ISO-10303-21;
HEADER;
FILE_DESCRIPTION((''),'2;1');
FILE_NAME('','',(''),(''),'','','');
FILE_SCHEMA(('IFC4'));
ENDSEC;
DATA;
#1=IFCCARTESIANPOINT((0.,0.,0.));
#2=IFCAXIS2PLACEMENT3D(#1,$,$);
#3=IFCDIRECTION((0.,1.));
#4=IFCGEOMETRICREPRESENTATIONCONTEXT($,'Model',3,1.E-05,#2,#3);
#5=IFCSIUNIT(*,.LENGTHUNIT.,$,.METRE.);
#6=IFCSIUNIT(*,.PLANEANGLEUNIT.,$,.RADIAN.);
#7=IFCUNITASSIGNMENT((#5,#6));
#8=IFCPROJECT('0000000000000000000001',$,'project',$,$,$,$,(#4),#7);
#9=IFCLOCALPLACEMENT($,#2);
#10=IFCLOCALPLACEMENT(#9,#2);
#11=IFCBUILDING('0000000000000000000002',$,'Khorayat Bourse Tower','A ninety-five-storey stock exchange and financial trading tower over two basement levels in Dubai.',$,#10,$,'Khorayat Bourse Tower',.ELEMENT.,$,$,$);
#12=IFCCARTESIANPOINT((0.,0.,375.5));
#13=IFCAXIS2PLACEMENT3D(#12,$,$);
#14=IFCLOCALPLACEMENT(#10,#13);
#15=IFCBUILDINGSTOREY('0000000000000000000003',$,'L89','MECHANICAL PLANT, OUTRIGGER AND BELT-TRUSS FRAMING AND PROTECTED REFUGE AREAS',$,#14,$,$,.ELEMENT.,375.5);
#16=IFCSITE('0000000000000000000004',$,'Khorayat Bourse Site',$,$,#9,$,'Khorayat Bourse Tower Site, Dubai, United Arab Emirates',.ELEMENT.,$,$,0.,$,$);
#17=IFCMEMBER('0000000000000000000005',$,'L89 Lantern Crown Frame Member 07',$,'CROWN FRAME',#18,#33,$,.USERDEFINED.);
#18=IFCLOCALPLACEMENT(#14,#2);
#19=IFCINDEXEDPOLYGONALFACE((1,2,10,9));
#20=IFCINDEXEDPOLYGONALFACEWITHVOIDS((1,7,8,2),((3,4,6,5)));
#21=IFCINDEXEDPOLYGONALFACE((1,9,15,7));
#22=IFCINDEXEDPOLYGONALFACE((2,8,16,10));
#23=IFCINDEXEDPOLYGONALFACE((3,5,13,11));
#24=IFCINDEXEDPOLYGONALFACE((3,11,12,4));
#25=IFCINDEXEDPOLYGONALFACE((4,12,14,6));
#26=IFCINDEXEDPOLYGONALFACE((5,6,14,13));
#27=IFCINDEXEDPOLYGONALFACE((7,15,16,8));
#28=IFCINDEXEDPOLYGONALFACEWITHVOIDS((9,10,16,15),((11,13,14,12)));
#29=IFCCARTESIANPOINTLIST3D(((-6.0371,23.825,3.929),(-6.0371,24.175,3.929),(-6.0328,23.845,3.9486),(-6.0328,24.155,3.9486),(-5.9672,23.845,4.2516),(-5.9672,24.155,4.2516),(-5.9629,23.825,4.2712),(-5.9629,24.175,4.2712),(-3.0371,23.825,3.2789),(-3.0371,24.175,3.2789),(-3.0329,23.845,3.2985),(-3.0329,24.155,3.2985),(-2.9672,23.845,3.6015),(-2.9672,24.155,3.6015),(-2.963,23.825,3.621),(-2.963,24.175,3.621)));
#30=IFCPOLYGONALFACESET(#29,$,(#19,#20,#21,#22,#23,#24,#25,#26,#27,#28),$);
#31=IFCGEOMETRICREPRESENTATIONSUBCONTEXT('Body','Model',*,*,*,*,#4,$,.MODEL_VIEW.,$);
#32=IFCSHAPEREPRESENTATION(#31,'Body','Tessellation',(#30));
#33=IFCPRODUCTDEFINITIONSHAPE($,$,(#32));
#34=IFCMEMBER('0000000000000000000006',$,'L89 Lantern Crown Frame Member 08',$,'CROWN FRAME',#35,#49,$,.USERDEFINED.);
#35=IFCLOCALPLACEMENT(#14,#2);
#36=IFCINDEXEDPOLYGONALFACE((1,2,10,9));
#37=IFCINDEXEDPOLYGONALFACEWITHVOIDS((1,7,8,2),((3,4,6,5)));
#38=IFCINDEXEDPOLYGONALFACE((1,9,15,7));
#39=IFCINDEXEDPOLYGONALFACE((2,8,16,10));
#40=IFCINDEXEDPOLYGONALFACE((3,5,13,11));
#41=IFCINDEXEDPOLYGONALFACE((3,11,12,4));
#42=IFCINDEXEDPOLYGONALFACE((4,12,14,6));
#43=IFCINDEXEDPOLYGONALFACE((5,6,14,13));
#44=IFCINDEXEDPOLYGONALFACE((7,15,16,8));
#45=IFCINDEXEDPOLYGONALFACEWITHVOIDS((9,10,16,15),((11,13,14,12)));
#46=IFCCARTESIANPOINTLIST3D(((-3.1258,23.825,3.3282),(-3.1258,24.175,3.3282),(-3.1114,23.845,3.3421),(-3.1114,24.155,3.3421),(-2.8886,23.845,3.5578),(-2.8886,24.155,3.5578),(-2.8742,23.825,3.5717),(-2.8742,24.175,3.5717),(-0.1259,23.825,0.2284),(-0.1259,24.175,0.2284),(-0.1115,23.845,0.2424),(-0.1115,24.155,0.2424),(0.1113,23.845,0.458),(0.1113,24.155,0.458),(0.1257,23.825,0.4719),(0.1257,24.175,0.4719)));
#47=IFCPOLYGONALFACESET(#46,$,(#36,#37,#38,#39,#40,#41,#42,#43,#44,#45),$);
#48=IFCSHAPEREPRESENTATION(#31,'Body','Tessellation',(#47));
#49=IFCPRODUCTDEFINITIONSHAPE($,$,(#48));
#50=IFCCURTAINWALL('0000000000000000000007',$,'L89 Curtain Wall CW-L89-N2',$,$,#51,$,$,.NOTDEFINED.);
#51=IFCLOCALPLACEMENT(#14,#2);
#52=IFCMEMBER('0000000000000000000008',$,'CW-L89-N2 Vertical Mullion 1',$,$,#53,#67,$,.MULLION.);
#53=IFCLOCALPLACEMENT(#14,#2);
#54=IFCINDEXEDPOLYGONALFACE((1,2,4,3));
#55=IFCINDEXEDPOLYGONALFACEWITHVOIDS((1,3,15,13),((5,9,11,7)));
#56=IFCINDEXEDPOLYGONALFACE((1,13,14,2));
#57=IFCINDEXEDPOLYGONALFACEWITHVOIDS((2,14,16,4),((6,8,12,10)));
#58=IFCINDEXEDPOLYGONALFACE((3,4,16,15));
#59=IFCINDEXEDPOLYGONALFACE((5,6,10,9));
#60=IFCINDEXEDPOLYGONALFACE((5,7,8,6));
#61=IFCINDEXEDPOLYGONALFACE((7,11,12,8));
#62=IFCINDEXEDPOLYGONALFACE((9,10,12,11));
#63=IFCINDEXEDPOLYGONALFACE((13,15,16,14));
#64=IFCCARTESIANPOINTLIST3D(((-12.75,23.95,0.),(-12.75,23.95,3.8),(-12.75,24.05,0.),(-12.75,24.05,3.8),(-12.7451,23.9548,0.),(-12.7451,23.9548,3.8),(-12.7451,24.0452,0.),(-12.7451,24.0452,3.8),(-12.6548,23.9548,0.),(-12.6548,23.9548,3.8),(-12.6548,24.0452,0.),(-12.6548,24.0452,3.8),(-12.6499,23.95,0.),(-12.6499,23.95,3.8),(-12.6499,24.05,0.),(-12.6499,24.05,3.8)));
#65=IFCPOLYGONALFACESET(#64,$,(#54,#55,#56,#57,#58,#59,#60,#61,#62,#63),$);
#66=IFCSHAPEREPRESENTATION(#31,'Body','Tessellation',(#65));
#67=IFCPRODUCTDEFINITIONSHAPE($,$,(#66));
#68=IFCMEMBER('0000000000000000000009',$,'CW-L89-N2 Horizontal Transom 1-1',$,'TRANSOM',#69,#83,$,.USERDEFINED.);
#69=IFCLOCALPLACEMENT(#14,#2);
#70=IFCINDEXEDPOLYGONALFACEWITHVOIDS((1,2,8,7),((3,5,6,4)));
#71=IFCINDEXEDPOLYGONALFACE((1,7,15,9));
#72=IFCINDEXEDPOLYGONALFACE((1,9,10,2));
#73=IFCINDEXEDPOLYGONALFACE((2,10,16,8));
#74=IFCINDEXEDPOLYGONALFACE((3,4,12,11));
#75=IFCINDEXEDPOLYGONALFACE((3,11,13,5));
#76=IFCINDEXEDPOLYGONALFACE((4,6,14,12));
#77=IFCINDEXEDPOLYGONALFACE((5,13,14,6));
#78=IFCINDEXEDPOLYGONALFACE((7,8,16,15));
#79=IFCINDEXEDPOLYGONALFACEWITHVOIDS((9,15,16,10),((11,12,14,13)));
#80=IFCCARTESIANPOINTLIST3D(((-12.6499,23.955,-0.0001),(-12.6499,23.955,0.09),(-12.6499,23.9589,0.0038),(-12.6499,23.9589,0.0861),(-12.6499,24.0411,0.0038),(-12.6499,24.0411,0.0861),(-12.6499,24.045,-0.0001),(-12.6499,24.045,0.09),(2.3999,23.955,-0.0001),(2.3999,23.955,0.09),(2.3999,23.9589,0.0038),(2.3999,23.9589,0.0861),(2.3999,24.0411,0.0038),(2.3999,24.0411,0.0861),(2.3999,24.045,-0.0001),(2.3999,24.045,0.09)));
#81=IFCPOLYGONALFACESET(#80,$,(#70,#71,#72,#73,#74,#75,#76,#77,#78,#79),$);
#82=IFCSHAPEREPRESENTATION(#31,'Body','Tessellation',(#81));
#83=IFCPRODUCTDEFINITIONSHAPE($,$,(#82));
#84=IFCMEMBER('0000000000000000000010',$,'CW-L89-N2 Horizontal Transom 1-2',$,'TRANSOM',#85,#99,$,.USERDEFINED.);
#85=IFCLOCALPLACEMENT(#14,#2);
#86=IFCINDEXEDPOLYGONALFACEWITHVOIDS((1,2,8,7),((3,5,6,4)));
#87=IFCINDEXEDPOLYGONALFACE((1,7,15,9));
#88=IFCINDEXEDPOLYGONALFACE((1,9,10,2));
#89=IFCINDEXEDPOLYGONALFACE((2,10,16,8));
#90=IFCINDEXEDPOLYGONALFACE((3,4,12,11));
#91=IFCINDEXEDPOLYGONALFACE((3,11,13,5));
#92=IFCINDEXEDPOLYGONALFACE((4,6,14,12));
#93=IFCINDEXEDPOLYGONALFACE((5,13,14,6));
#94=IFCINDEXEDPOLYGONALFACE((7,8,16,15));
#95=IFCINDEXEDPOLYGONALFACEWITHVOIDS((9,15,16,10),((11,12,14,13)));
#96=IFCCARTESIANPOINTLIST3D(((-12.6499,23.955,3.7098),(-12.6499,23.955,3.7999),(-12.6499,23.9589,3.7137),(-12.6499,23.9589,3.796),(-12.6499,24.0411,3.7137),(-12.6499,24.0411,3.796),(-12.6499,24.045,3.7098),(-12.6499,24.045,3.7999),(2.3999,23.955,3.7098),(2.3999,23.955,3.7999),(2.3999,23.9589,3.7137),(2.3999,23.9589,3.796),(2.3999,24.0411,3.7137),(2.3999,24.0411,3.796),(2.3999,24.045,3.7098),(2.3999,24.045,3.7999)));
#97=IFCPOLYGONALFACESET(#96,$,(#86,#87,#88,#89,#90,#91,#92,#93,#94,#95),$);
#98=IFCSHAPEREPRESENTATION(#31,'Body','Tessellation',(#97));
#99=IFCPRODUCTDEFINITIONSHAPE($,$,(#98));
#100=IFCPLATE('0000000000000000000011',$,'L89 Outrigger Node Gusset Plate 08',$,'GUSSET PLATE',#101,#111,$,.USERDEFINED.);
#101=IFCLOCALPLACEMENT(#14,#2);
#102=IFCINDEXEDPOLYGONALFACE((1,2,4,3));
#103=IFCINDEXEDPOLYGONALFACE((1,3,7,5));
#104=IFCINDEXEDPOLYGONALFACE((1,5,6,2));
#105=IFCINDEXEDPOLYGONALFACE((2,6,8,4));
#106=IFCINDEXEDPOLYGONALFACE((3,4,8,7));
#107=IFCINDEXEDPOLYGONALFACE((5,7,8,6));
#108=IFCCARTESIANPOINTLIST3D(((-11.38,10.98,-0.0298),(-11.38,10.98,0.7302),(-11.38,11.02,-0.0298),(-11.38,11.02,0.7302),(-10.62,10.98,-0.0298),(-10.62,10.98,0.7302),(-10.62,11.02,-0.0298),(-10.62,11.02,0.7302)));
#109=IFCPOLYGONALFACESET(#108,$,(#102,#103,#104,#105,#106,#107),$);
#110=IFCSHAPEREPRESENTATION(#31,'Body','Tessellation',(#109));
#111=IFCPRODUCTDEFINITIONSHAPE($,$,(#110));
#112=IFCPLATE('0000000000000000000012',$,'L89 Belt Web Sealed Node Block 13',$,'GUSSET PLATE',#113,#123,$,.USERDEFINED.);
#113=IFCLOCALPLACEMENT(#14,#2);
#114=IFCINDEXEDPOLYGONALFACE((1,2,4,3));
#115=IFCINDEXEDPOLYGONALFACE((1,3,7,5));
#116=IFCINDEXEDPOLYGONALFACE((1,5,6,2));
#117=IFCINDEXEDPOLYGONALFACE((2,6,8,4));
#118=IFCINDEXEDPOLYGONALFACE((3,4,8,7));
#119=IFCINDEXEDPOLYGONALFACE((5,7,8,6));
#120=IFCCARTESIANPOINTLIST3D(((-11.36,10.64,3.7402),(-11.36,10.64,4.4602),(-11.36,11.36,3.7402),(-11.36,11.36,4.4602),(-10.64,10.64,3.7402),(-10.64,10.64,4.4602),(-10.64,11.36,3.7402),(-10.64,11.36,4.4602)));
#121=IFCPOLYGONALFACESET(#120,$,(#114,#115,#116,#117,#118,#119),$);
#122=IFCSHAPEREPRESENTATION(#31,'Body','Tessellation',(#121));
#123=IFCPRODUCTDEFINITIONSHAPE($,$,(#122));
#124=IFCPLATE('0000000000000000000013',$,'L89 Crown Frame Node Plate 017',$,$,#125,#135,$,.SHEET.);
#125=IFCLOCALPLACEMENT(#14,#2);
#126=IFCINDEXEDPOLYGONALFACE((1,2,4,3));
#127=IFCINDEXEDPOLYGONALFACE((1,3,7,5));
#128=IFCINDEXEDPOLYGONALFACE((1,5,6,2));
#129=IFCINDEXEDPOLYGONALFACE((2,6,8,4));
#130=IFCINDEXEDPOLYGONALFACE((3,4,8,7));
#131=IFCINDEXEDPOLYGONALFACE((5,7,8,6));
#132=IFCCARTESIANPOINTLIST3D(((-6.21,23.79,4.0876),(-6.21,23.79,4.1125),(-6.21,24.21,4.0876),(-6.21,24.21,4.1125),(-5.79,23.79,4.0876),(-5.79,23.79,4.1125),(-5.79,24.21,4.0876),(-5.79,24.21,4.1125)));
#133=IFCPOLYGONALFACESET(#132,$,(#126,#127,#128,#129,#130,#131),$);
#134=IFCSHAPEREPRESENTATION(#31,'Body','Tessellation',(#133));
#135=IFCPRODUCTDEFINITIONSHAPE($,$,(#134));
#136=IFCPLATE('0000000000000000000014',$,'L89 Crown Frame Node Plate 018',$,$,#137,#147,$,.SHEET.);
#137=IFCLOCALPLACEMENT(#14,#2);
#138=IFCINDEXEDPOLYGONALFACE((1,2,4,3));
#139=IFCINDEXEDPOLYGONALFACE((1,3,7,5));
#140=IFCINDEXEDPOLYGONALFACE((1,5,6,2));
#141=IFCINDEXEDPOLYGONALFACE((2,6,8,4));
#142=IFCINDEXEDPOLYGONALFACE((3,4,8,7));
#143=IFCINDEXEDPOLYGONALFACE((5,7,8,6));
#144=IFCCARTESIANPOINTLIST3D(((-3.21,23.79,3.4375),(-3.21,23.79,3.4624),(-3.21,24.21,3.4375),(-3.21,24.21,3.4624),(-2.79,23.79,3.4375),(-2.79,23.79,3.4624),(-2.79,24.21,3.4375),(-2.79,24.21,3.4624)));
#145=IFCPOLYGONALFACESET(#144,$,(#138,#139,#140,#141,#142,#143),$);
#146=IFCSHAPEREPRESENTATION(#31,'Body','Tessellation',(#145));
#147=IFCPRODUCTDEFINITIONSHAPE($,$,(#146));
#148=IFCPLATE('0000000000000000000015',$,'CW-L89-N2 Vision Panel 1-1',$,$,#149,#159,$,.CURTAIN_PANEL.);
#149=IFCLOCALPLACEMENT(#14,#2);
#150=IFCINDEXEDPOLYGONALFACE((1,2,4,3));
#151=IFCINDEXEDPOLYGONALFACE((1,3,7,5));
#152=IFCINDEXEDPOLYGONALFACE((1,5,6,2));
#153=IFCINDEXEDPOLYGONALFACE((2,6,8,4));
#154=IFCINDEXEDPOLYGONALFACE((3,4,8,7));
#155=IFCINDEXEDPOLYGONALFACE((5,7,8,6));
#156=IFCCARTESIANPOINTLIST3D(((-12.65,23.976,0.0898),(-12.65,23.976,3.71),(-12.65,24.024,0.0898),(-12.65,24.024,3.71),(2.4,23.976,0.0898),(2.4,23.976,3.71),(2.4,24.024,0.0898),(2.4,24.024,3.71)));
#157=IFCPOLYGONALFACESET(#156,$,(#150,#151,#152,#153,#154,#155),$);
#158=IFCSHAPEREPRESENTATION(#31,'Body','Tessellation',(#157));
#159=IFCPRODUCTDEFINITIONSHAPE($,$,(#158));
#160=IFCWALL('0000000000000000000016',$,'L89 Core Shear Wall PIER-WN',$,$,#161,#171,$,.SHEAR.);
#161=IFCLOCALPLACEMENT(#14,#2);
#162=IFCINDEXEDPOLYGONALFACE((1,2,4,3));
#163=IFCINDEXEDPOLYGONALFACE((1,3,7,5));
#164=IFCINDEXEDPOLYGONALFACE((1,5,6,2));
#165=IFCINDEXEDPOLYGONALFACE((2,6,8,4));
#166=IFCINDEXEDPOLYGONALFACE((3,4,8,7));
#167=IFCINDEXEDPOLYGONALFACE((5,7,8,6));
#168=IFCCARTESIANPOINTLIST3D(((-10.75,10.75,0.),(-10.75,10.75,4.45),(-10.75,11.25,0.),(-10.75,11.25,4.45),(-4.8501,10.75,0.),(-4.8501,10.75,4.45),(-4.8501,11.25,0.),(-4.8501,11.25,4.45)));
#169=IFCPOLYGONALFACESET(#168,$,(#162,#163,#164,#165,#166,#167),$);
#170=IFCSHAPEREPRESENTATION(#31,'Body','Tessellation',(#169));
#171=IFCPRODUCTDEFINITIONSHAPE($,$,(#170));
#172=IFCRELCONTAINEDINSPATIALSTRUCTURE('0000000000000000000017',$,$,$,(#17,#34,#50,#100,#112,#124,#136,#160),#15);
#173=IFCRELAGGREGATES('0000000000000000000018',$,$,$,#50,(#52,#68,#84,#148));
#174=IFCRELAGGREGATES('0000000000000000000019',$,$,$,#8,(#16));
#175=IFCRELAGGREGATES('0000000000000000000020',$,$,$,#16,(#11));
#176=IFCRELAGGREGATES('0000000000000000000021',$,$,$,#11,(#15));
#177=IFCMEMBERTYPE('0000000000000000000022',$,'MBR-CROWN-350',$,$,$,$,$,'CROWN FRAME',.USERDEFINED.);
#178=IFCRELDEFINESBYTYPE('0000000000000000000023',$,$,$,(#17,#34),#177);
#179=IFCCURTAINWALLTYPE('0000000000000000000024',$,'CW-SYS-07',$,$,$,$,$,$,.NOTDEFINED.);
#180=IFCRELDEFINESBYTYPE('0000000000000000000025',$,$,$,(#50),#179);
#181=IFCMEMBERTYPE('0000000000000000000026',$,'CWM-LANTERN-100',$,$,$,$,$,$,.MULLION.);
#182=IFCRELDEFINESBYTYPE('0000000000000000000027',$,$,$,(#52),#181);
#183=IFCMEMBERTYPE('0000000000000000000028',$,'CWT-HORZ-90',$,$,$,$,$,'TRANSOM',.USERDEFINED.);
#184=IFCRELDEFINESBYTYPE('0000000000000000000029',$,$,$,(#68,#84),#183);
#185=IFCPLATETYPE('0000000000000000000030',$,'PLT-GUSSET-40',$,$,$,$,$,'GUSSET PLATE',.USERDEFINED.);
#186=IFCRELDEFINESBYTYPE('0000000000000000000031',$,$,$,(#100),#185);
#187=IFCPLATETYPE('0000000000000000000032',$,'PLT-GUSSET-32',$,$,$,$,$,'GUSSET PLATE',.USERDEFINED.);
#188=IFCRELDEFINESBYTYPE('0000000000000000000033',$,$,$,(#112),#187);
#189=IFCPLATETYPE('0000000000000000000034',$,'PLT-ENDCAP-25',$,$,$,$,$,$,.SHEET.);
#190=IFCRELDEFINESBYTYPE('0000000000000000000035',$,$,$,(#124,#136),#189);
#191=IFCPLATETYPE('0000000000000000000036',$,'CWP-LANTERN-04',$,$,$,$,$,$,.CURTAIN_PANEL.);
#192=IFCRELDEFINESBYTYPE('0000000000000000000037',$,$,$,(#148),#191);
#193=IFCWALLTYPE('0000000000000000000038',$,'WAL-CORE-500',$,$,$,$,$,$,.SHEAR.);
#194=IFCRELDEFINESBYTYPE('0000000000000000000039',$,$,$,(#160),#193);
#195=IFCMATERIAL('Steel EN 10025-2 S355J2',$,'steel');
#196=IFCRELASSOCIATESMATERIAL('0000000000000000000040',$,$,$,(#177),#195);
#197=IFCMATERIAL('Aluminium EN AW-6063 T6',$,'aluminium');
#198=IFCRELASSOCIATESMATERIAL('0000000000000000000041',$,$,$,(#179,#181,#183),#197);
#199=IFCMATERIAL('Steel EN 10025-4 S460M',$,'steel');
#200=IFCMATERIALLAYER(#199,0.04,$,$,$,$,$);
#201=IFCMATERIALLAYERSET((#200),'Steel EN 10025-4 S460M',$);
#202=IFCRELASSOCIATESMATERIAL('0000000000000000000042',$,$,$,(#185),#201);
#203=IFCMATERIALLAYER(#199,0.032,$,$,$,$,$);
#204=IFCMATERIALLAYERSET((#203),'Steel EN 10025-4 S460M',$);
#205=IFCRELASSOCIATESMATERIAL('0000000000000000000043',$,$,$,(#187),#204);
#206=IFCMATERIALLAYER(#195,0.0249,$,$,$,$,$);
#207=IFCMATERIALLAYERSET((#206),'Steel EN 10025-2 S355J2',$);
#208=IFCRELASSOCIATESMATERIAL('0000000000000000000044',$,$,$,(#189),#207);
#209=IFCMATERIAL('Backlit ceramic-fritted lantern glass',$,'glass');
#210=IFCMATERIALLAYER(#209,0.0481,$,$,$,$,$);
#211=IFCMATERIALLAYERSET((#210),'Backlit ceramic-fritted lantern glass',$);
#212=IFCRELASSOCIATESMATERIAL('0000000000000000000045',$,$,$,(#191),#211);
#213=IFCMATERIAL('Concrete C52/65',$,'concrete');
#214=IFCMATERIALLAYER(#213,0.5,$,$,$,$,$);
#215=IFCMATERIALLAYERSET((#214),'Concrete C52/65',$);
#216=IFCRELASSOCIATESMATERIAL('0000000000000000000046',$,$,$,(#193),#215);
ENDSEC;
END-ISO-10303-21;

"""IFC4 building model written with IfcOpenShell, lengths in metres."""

from ifc_helpers import new_model, si_unit, direction, frame, frame_2d, origin, origin_2d, place, context, subcontext, project, spatial, rectangle, hollow_rectangle, extrude, source, transform, mapped, material, layer, layer_set, material_profile, profile_set, type_object, element, aggregate, save


model = new_model("IFC4")

# Units and contexts
model_context = context("Model", 3, precision=1e-05, world=origin(), true_north=direction((0.0, 1.0)))
body_context = subcontext(model_context, "Body", "Model", "MODEL_VIEW")
ifc_project = project(units=[si_unit("LENGTHUNIT", "METRE"), si_unit("PLANEANGLEUNIT", "RADIAN")], contexts=[model_context])

# Site, building, storey
site_placement = place(None, origin())
site = spatial("IfcSite", under=ifc_project, at=site_placement, Name="Khorayat Bourse Site", LongName="Khorayat Bourse Tower Site, Dubai, United Arab Emirates", CompositionType="ELEMENT", RefElevation=0.0)
building_placement = place(site_placement, origin())
building = spatial("IfcBuilding", under=site, at=building_placement, Name="Khorayat Bourse Tower", Description="A ninety-five-storey stock exchange and financial trading tower over two basement levels in Dubai.", LongName="Khorayat Bourse Tower", CompositionType="ELEMENT")
storey_placement = place(building_placement, frame((0.0, 0.0, 375.5)))
storey = spatial("IfcBuildingStorey", under=building, at=storey_placement, Name="L89", Description="MECHANICAL PLANT, OUTRIGGER AND BELT-TRUSS FRAMING AND PROTECTED REFUGE AREAS", CompositionType="ELEMENT", Elevation=375.5)

# Shared definitions
ifc_material_1 = material(Name="Concrete C52/65", Category="concrete")
ifc_material_2 = material(Name="Steel EN 10025-2 S355J2", Category="steel")

# Members
ifc_material_3 = material(Name="Steel EN 10025-4 S460M", Category="steel")
ifc_material_profile_1 = material_profile(ifc_material_2, hollow_rectangle(XDim=0.3501, YDim=0.3501, WallThickness=0.02, at=origin_2d()), Name="HSS 350x350x20")
ifc_profile_set_1 = profile_set([ifc_material_profile_1], Name="Steel EN 10025-2 S355J2")
member_type_1 = type_object("IfcMemberType", Name="MBR-CROWN-350", ElementType="CROWN FRAME", PredefinedType="USERDEFINED", material=ifc_profile_set_1)
shared_shape_1 = source(origin(), body_context, "Body", "SweptSolid", [
    extrude(hollow_rectangle(XDim=0.3501, YDim=0.3501, WallThickness=0.02, at=origin_2d()), origin(), (0.0, 0.0, 1.0), 3.0696),
])
member_1_placement = place(storey_placement, frame((-6.0, 24.0, 4.1001), z_axis=(0.977313, 0.0, -0.211799), x_axis=(0.0, 1.0, 0.0)))
element("IfcMember", 1, at=member_1_placement, inside=storey, type_object=member_type_1, Name="L89 Lantern Crown Frame Member 07", ObjectType="CROWN FRAME", PredefinedType="USERDEFINED", context=body_context, shape_type="MappedRepresentation", body=[
    mapped(shared_shape_1, transform((0.0, 0.0, 0.0), scale=1.0)),
])
shared_shape_2 = source(origin(), body_context, "Body", "SweptSolid", [
    extrude(hollow_rectangle(XDim=0.3501, YDim=0.3501, WallThickness=0.02, at=origin_2d()), origin(), (0.0, 0.0, 1.0), 4.3137),
])
member_2_placement = place(storey_placement, frame((-3.0, 24.0, 3.45), z_axis=(0.695438, 0.0, -0.718586), x_axis=(0.0, 1.0, 0.0)))
element("IfcMember", 2, at=member_2_placement, inside=storey, type_object=member_type_1, Name="L89 Lantern Crown Frame Member 08", ObjectType="CROWN FRAME", PredefinedType="USERDEFINED", context=body_context, shape_type="MappedRepresentation", body=[
    mapped(shared_shape_2, transform((0.0, 0.0, 0.0), scale=1.0)),
])

# Curtain wall, members
ifc_material_4 = material(Name="Aluminium EN AW-6063 T6", Category="aluminium")
curtain_wall_type = type_object("IfcCurtainWallType", Name="CW-SYS-07", PredefinedType="NOTDEFINED", material=ifc_material_4)
curtain_wall_placement = place(storey_placement, origin())
curtain_wall = element("IfcCurtainWall", 3, at=curtain_wall_placement, inside=storey, type_object=curtain_wall_type, Name="L89 Curtain Wall CW-L89-N2", PredefinedType="NOTDEFINED")
ifc_material_profile_2 = material_profile(ifc_material_4, hollow_rectangle(XDim=0.1001, YDim=0.1001, WallThickness=0.0049, at=origin_2d()), Name="ALU 100x100x5")
ifc_profile_set_2 = profile_set([ifc_material_profile_2], Name="Aluminium EN AW-6063 T6")
member_type_2 = type_object("IfcMemberType", Name="CWM-LANTERN-100", PredefinedType="MULLION", material=ifc_profile_set_2)
shared_shape_3 = source(origin(), body_context, "Body", "SweptSolid", [
    extrude(hollow_rectangle(XDim=0.1001, YDim=0.1001, WallThickness=0.0049, at=origin_2d()), origin(), (0.0, 0.0, 1.0), 3.8),
])
member_3_placement = place(storey_placement, frame((-12.7, 24.0, 0.0), z_axis=(0.0, 0.0, 1.0), x_axis=(0.0, 1.0, 0.0)))
member_3 = element("IfcMember", 4, at=member_3_placement, type_object=member_type_2, Name="CW-L89-N2 Vertical Mullion 1", PredefinedType="MULLION", context=body_context, shape_type="MappedRepresentation", body=[
    mapped(shared_shape_3, transform((0.0, 0.0, 0.0), scale=1.0)),
])
ifc_material_profile_3 = material_profile(ifc_material_4, hollow_rectangle(XDim=0.0901, YDim=0.0901, WallThickness=0.0039, at=origin_2d()), Name="ALU 90x90x4")
ifc_profile_set_3 = profile_set([ifc_material_profile_3], Name="Aluminium EN AW-6063 T6")
member_type_3 = type_object("IfcMemberType", Name="CWT-HORZ-90", ElementType="TRANSOM", PredefinedType="USERDEFINED", material=ifc_profile_set_3)
shared_shape_4 = source(origin(), body_context, "Body", "SweptSolid", [
    extrude(hollow_rectangle(XDim=0.0901, YDim=0.0901, WallThickness=0.0039, at=origin_2d()), origin(), (0.0, 0.0, 1.0), 15.0498),
])
member_4_placement = place(storey_placement, frame((-12.6499, 24.0, 0.0449), z_axis=(1.0, 0.0, 0.0), x_axis=(0.0, 1.0, 0.0)))
member_4 = element("IfcMember", 5, at=member_4_placement, type_object=member_type_3, Name="CW-L89-N2 Horizontal Transom 1-1", ObjectType="TRANSOM", PredefinedType="USERDEFINED", context=body_context, shape_type="MappedRepresentation", body=[
    mapped(shared_shape_4, transform((0.0, 0.0, 0.0), scale=1.0)),
])
member_5_placement = place(storey_placement, frame((-12.6499, 24.0, 3.7549), z_axis=(1.0, 0.0, 0.0), x_axis=(0.0, 1.0, 0.0)))
member_5 = element("IfcMember", 6, at=member_5_placement, type_object=member_type_3, Name="CW-L89-N2 Horizontal Transom 1-2", ObjectType="TRANSOM", PredefinedType="USERDEFINED", context=body_context, shape_type="MappedRepresentation", body=[
    mapped(shared_shape_4, transform((0.0, 0.0, 0.0), scale=1.0)),
])

# Plates
ifc_layer_1 = layer(ifc_material_3, 0.04)
ifc_layer_set_1 = layer_set([ifc_layer_1], Name="Steel EN 10025-4 S460M")
plate_type_1 = type_object("IfcPlateType", Name="PLT-GUSSET-40", ElementType="GUSSET PLATE", PredefinedType="USERDEFINED", material=ifc_layer_set_1)
shared_shape_5 = source(origin(), body_context, "Body", "SweptSolid", [
    extrude(rectangle(XDim=0.76, YDim=0.04, at=origin_2d()), origin(), (0.0, 0.0, 1.0), 0.76),
])
plate_1_placement = place(storey_placement, frame((-11.0, 11.0, -0.0298), z_axis=(0.0, 0.0, 1.0), x_axis=(1.0, 0.0, 0.0)))
element("IfcPlate", 7, at=plate_1_placement, inside=storey, type_object=plate_type_1, Name="L89 Outrigger Node Gusset Plate 08", ObjectType="GUSSET PLATE", PredefinedType="USERDEFINED", context=body_context, shape_type="MappedRepresentation", body=[
    mapped(shared_shape_5, transform((0.0, 0.0, 0.0), scale=1.0)),
])
ifc_layer_2 = layer(ifc_material_3, 0.032)
ifc_layer_set_2 = layer_set([ifc_layer_2], Name="Steel EN 10025-4 S460M")
plate_type_2 = type_object("IfcPlateType", Name="PLT-GUSSET-32", ElementType="GUSSET PLATE", PredefinedType="USERDEFINED", material=ifc_layer_set_2)
shared_shape_6 = source(origin(), body_context, "Body", "SweptSolid", [
    extrude(rectangle(XDim=0.72, YDim=0.72, at=origin_2d()), origin(), (0.0, 0.0, 1.0), 0.72),
])
plate_2_placement = place(storey_placement, frame((-11.0, 11.0, 3.7402), z_axis=(0.0, 0.0, 1.0), x_axis=(1.0, 0.0, 0.0)))
element("IfcPlate", 8, at=plate_2_placement, inside=storey, type_object=plate_type_2, Name="L89 Belt Web Sealed Node Block 13", ObjectType="GUSSET PLATE", PredefinedType="USERDEFINED", context=body_context, shape_type="MappedRepresentation", body=[
    mapped(shared_shape_6, transform((0.0, 0.0, 0.0), scale=1.0)),
])
ifc_layer_3 = layer(ifc_material_2, 0.0249)
ifc_layer_set_3 = layer_set([ifc_layer_3], Name="Steel EN 10025-2 S355J2")
plate_type_3 = type_object("IfcPlateType", Name="PLT-ENDCAP-25", PredefinedType="SHEET", material=ifc_layer_set_3)
shared_shape_7 = source(origin(), body_context, "Body", "SweptSolid", [
    extrude(rectangle(XDim=0.4199, YDim=0.4199, at=origin_2d()), origin(), (0.0, 0.0, 1.0), 0.0249),
])
for number, where, z_axis, x_axis, name in (
    (9, (-6.0, 24.0, 4.0876), (0.0, 0.0, 1.0), (1.0, 0.0, 0.0), "L89 Crown Frame Node Plate 017"),
    (10, (-3.0, 24.0, 3.4375), (0.0, 0.0, 1.0), (1.0, 0.0, 0.0), "L89 Crown Frame Node Plate 018"),
):
    element("IfcPlate", number, at=place(storey_placement, frame(where, z_axis=z_axis, x_axis=x_axis)), inside=storey, type_object=plate_type_3, Name=name, PredefinedType="SHEET", context=body_context, shape_type="MappedRepresentation", body=[
        mapped(shared_shape_7, transform((0.0, 0.0, 0.0), scale=1.0)),
    ])

# Plate
ifc_material_5 = material(Name="Backlit ceramic-fritted lantern glass", Category="glass")
ifc_layer_4 = layer(ifc_material_5, 0.0481)
ifc_layer_set_4 = layer_set([ifc_layer_4], Name="Backlit ceramic-fritted lantern glass")
plate_type_4 = type_object("IfcPlateType", Name="CWP-LANTERN-04", PredefinedType="CURTAIN_PANEL", material=ifc_layer_set_4)
shared_shape_8 = source(origin(), body_context, "Body", "SweptSolid", [
    extrude(rectangle(XDim=15.05, YDim=0.0481, at=origin_2d()), origin(), (0.0, 0.0, 1.0), 3.6201),
])
plate_3_placement = place(storey_placement, frame((-5.125, 24.0, 0.0898), z_axis=(0.0, 0.0, 1.0), x_axis=(1.0, 0.0, 0.0)))
plate_3 = element("IfcPlate", 11, at=plate_3_placement, type_object=plate_type_4, Name="CW-L89-N2 Vision Panel 1-1", PredefinedType="CURTAIN_PANEL", context=body_context, shape_type="MappedRepresentation", body=[
    mapped(shared_shape_8, transform((0.0, 0.0, 0.0), scale=1.0)),
])
aggregate(curtain_wall, [member_3, member_4, member_5, plate_3])

# Wall
ifc_layer_5 = layer(ifc_material_1, 0.5)
ifc_layer_set_5 = layer_set([ifc_layer_5], Name="Concrete C52/65")
wall_type_1 = type_object("IfcWallType", Name="WAL-CORE-500", PredefinedType="SHEAR", material=ifc_layer_set_5)
shared_shape_9 = source(origin(), body_context, "Body", "SweptSolid", [
    extrude(rectangle(XDim=5.8999, YDim=0.5, at=frame_2d((2.95, 0.0))), origin(), (0.0, 0.0, 1.0), 4.45),
])
wall_1_placement = place(storey_placement, frame((-10.75, 11.0, 0.0), z_axis=(0.0, 0.0, 1.0), x_axis=(1.0, 0.0, 0.0)))
element("IfcWall", 12, at=wall_1_placement, inside=storey, type_object=wall_type_1, Name="L89 Core Shear Wall PIER-WN", PredefinedType="SHEAR", context=body_context, shape_type="MappedRepresentation", body=[
    mapped(shared_shape_9, transform((0.0, 0.0, 0.0), scale=1.0)),
])

save(model, "model.ifc")
